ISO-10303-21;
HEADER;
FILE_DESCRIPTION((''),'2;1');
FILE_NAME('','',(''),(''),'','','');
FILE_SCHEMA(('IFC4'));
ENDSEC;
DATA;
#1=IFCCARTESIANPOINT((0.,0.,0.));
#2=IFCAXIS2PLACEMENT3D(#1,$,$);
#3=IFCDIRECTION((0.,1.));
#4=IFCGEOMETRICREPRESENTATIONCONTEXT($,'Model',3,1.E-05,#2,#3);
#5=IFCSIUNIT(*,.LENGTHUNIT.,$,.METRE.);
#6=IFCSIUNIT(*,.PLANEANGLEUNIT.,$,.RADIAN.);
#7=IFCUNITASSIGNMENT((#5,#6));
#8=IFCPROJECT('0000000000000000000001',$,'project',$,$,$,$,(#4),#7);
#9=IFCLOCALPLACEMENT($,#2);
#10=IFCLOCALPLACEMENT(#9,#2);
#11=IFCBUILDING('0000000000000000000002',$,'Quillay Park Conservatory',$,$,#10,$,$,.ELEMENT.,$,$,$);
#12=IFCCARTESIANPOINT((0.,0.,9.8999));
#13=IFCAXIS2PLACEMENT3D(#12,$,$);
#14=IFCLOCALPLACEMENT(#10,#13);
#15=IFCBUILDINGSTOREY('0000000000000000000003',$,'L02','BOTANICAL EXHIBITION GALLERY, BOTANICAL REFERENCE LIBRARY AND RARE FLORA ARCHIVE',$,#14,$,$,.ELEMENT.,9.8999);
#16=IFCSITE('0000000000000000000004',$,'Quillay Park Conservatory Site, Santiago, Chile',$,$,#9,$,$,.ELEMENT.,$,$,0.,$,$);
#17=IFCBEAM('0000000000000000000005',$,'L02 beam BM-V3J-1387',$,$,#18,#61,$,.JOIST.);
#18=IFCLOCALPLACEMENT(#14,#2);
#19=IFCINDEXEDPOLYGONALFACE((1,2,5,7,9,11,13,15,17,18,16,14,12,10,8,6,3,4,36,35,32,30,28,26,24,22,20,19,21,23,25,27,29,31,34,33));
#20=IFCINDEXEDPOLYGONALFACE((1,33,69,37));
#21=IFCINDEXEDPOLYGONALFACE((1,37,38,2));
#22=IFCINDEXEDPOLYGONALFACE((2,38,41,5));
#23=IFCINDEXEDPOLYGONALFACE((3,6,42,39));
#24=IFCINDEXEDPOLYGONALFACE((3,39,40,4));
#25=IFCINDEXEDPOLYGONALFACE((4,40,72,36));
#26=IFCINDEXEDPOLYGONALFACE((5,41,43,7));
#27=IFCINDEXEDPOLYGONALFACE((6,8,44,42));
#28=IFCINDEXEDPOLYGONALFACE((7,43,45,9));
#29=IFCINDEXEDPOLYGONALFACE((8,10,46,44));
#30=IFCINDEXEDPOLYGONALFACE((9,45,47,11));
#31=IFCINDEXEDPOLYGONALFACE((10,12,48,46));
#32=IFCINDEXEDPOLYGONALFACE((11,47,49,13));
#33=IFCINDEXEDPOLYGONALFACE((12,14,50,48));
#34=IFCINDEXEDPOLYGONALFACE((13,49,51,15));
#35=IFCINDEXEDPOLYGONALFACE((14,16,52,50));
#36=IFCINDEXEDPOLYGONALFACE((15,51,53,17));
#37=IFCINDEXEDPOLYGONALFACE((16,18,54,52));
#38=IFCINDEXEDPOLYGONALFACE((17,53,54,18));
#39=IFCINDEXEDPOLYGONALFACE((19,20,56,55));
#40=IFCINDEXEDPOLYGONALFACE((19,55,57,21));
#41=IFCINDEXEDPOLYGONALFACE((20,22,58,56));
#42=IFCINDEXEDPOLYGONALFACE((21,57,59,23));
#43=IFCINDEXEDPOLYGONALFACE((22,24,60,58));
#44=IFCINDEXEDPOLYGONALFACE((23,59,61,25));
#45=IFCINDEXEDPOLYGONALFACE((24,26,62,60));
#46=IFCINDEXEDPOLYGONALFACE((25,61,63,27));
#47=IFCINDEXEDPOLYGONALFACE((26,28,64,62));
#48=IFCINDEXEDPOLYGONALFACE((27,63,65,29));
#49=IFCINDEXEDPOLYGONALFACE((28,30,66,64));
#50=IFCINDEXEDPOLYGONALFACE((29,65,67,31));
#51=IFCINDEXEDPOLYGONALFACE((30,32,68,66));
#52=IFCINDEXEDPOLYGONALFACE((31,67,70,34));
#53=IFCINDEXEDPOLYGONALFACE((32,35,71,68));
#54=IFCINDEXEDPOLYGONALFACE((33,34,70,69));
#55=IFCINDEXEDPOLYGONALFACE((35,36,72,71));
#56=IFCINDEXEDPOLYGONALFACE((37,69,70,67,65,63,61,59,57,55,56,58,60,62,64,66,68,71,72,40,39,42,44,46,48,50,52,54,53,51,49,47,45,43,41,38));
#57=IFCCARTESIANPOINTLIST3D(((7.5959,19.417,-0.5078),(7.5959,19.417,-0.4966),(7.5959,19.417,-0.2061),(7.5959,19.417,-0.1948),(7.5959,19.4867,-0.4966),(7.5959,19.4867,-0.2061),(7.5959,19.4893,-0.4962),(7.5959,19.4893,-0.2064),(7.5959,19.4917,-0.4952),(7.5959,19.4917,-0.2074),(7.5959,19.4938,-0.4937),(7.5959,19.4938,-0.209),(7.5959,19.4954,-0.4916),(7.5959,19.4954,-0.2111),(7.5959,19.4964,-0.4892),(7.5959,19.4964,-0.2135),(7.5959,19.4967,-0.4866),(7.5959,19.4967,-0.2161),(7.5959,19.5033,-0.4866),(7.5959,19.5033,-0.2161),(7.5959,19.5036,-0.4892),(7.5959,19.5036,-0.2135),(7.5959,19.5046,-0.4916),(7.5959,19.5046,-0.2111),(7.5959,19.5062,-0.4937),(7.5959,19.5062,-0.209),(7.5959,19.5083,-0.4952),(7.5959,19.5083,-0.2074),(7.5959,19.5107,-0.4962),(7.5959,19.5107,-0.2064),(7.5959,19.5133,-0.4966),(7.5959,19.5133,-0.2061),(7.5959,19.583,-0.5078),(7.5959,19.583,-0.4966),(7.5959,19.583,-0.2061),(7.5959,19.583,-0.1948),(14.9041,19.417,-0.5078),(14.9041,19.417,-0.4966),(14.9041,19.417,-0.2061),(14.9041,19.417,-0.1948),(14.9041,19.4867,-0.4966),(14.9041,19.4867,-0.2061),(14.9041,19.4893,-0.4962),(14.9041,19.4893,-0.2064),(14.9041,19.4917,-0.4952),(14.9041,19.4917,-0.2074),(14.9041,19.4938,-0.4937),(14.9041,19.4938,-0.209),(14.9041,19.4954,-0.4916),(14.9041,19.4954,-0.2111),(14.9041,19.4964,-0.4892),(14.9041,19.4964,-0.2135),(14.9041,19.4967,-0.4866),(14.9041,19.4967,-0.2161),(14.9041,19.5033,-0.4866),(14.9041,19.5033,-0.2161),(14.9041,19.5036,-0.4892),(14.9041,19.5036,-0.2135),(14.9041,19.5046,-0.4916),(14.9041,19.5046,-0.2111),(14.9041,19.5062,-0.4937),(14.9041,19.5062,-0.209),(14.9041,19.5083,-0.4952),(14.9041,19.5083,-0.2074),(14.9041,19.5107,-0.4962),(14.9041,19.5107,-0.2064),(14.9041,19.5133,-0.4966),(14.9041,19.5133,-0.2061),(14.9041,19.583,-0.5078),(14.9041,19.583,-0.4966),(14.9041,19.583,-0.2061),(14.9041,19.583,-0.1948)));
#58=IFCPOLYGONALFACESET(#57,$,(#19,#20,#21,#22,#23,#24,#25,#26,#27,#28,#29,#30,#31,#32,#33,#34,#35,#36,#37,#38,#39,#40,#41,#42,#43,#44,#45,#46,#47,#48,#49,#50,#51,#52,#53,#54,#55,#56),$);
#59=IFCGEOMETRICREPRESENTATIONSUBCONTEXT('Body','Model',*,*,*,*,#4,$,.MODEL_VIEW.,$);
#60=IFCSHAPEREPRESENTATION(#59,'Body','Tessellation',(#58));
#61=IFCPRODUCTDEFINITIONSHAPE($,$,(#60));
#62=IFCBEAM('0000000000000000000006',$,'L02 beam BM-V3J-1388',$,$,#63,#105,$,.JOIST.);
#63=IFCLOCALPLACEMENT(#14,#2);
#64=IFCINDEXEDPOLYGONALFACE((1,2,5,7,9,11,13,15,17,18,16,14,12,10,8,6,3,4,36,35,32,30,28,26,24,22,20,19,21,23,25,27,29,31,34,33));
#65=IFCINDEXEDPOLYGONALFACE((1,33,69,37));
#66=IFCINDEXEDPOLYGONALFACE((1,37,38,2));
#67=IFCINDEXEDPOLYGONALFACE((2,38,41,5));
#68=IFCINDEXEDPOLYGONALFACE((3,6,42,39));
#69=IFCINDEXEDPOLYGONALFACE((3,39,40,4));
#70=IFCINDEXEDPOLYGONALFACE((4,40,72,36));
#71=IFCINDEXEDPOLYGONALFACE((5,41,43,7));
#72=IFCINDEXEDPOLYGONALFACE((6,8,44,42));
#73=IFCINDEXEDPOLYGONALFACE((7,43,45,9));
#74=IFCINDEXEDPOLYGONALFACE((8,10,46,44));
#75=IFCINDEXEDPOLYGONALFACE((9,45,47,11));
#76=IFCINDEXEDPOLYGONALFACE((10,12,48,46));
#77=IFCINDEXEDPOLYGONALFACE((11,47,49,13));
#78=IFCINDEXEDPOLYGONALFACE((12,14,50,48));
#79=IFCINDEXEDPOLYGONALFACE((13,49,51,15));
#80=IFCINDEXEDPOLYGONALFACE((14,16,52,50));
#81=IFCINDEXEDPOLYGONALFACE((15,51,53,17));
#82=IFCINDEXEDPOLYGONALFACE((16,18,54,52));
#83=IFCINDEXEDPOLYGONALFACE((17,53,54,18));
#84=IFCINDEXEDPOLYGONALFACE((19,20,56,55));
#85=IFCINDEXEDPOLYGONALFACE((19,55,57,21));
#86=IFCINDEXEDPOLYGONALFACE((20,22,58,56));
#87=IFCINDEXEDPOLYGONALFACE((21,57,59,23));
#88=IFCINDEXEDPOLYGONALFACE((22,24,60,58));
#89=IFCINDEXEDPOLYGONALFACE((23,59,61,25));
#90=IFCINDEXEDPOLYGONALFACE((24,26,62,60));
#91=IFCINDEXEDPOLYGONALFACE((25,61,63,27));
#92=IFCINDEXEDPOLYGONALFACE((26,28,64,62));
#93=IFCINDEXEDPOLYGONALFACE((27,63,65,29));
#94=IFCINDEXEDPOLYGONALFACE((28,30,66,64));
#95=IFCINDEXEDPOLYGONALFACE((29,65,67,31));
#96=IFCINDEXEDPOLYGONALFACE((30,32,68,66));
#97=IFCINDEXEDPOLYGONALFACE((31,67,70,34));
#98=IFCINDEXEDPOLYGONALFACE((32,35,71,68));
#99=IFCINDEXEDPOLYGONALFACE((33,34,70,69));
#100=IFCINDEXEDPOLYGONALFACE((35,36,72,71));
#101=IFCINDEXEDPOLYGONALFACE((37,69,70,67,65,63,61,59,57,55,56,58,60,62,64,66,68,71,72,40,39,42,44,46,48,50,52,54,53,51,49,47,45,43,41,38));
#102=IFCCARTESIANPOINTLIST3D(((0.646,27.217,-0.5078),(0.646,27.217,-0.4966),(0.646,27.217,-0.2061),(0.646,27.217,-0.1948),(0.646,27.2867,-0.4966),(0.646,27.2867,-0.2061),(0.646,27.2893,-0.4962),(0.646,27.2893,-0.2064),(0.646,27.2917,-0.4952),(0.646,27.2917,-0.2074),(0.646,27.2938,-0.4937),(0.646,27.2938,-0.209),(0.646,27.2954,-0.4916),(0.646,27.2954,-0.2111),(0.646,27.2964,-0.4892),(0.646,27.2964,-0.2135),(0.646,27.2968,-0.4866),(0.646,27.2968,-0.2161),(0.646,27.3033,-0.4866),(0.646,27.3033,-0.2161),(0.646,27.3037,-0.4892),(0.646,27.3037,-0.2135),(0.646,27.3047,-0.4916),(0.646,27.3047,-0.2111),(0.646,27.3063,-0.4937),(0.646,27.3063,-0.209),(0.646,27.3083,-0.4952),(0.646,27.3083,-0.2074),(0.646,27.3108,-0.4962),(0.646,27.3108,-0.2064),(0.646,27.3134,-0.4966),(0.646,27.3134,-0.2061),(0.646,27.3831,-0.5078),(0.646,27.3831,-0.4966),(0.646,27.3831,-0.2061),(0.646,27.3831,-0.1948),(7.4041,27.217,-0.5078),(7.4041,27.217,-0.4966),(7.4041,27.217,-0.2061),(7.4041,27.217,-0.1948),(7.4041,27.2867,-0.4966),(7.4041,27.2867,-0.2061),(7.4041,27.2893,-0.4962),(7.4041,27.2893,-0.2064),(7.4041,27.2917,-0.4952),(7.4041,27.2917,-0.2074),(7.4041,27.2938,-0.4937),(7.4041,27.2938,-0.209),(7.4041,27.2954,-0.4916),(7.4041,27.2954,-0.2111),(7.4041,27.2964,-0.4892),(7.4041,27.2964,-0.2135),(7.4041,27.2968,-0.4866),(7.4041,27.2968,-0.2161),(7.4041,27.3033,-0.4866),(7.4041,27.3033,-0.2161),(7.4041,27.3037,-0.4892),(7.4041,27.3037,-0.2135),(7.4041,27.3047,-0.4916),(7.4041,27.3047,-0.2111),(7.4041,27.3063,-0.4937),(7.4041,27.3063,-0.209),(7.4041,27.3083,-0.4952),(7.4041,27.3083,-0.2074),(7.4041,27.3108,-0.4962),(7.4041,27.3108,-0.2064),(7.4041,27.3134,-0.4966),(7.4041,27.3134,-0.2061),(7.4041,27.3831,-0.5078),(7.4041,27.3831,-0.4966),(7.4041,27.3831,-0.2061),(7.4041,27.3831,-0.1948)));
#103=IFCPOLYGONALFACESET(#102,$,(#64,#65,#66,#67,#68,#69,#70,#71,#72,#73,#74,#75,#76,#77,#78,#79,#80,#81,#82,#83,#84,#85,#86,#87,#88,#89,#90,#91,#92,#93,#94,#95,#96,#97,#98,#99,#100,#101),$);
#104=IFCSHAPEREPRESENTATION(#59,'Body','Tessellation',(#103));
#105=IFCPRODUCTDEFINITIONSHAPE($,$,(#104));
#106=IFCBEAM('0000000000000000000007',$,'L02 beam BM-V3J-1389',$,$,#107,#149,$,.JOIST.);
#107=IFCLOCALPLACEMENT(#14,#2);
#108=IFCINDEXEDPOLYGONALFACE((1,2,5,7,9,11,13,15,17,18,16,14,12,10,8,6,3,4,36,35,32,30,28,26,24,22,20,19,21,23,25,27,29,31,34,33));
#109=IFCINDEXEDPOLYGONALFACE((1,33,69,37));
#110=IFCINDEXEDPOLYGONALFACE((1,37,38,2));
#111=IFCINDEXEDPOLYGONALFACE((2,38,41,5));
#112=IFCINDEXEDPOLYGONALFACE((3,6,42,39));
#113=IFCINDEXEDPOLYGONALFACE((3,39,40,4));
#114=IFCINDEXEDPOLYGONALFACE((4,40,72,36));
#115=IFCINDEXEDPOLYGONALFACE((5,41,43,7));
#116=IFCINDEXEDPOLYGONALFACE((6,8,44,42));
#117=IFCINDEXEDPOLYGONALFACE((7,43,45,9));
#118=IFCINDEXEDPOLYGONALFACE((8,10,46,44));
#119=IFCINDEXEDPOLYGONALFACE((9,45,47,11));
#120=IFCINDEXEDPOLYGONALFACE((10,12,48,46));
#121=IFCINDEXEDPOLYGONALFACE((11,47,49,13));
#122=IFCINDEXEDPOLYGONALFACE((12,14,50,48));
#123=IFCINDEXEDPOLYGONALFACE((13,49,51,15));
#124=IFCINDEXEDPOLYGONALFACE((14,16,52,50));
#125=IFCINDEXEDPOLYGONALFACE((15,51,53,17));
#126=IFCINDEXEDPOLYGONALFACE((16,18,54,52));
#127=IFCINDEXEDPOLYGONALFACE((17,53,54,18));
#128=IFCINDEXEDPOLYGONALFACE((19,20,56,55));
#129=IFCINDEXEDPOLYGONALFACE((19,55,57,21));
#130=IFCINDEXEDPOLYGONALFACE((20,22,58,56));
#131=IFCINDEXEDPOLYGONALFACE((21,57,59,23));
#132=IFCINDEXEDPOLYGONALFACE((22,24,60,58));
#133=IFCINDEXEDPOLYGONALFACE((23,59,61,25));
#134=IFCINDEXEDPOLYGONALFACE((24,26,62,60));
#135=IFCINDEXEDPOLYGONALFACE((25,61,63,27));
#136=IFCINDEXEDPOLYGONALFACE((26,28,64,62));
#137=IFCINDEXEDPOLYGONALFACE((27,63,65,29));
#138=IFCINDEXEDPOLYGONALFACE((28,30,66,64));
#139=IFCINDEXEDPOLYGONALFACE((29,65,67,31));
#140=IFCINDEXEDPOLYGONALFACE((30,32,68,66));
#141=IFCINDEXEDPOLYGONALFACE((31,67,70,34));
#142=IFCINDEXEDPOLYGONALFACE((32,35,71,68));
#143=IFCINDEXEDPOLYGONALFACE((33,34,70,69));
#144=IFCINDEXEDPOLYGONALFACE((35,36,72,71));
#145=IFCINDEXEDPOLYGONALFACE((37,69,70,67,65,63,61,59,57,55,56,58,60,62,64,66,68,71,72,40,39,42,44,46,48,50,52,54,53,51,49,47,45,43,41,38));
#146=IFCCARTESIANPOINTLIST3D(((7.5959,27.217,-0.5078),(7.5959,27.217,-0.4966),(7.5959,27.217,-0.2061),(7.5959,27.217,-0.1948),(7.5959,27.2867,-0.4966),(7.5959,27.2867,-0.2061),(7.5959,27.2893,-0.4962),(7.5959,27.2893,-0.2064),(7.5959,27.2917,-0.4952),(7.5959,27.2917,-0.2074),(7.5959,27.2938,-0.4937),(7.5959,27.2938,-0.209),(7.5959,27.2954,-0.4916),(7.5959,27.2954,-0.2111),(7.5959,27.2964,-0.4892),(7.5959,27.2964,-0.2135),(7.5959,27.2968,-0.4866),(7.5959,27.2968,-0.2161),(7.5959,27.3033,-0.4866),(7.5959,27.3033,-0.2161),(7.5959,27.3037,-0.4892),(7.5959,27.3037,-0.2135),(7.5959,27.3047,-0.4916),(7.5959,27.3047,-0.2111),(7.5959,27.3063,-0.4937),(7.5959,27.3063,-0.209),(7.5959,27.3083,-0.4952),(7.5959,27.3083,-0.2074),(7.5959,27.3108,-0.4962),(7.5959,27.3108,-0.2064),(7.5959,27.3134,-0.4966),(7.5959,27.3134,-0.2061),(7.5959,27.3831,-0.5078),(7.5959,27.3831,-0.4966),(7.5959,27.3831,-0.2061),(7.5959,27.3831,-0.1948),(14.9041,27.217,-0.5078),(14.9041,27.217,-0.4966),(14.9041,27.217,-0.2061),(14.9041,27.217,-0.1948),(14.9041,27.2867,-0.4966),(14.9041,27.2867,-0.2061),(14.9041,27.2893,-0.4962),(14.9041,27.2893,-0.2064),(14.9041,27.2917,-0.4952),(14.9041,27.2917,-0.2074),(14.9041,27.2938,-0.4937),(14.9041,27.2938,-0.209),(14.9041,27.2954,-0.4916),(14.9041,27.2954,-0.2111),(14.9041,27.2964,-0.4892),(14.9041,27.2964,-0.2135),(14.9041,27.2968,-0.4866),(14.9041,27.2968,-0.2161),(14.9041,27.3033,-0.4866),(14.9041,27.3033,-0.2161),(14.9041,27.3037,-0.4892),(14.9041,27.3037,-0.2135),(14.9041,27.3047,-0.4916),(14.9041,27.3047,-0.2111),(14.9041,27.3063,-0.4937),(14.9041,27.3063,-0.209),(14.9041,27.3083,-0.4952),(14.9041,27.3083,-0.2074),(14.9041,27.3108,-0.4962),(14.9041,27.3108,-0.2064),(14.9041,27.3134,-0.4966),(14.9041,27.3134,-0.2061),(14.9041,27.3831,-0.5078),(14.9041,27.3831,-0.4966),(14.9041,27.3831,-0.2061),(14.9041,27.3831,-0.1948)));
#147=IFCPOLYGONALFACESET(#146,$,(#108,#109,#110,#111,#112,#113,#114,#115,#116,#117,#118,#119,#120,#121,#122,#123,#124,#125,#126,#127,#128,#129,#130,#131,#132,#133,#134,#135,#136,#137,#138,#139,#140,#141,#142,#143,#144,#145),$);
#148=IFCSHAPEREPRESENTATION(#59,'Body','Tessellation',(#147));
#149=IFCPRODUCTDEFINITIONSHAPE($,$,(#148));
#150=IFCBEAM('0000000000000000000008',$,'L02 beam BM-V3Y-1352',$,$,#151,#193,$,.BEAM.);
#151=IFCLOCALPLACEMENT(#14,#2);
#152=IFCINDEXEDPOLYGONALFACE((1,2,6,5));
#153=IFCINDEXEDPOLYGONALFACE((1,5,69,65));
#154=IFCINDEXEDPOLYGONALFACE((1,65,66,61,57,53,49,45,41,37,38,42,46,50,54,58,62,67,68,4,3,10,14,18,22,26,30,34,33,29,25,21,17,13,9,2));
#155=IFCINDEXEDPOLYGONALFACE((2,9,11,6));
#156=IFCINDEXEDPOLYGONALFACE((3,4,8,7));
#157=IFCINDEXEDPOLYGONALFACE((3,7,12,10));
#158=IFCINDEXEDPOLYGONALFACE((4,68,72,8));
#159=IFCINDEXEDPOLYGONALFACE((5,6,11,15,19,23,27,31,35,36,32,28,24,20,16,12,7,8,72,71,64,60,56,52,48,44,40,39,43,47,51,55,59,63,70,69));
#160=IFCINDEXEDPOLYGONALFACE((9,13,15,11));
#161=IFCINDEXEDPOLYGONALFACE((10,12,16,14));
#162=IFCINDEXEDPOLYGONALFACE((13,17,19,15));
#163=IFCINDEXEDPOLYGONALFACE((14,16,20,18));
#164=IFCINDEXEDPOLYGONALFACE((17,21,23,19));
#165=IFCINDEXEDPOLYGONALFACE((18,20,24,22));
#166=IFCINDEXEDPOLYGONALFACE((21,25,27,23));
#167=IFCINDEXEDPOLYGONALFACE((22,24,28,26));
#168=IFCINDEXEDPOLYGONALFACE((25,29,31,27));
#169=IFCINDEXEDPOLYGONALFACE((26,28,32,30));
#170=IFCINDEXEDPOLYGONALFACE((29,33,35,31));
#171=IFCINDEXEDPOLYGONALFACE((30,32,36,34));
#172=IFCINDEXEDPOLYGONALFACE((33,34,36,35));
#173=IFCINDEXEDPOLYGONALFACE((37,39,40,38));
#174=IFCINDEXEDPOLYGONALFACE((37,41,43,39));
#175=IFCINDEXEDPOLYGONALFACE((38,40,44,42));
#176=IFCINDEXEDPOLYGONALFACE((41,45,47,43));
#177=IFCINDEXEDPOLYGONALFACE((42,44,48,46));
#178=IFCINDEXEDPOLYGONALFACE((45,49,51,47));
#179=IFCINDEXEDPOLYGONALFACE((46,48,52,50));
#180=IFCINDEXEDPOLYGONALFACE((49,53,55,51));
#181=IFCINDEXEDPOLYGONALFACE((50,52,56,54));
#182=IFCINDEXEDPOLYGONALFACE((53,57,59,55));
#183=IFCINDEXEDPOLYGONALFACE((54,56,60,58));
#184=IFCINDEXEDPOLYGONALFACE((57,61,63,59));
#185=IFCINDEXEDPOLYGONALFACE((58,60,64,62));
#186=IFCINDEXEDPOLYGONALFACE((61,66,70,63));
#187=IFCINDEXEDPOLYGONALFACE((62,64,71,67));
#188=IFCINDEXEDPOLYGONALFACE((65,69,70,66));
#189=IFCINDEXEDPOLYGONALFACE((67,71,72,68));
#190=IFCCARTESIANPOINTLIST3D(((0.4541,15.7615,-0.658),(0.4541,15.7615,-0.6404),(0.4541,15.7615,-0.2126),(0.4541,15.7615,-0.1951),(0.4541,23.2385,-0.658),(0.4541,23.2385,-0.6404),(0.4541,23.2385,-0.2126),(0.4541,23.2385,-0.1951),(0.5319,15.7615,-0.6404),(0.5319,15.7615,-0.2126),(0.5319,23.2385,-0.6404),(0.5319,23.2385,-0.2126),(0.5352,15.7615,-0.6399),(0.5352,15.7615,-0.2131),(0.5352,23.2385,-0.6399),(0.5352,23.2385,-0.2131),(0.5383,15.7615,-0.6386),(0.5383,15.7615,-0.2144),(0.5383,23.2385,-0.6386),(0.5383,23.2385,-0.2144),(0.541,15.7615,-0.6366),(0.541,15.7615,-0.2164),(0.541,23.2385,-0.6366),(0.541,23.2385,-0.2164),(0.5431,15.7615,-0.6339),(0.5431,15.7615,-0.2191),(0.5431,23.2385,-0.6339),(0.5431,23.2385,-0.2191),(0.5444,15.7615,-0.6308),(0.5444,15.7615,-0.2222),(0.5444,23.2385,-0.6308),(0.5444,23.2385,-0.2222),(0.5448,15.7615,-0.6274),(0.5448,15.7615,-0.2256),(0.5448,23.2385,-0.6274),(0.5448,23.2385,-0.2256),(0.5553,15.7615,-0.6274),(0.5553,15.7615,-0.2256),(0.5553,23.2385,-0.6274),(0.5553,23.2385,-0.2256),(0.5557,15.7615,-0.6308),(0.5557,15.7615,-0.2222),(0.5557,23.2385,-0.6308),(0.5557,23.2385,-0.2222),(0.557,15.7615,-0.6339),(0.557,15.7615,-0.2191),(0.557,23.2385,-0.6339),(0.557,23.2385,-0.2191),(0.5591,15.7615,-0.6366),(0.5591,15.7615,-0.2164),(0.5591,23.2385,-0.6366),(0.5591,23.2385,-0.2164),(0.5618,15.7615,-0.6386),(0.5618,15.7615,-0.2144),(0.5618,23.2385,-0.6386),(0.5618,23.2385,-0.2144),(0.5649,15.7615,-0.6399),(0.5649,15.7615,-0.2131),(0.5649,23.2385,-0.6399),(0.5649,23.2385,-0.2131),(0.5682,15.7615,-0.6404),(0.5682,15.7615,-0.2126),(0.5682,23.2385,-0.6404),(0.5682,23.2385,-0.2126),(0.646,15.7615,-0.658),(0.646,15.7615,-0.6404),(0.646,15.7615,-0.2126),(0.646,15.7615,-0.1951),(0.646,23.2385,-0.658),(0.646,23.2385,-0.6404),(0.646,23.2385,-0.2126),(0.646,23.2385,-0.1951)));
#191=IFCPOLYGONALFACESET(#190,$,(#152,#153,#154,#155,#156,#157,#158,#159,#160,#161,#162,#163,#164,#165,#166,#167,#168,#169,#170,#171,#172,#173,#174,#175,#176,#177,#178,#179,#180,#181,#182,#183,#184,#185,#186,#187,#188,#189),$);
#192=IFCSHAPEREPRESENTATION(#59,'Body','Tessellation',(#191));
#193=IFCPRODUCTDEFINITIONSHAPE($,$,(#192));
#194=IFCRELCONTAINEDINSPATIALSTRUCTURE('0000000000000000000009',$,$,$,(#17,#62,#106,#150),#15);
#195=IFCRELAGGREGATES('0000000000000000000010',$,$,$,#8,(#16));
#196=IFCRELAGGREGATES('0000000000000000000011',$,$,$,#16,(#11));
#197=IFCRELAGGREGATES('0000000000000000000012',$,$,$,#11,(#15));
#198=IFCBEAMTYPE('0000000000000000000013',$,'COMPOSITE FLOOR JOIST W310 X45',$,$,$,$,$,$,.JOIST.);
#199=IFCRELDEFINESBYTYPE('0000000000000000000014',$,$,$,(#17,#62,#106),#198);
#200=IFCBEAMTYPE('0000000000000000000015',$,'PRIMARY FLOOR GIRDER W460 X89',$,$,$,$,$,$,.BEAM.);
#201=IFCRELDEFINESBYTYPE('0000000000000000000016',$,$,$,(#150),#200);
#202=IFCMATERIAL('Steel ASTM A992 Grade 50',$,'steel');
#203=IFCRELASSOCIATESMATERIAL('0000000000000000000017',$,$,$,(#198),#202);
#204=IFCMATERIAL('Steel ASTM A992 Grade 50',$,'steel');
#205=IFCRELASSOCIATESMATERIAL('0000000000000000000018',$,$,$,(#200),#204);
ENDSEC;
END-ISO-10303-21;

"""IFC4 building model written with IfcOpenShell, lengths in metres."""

from ifc_helpers import new_model, si_unit, direction, frame, origin, origin_2d, place, context, subcontext, project, spatial, i_section, extrude, material, material_profile, profile_set, type_object, element, save


model = new_model("IFC4")

# Units and contexts
model_context = context("Model", 3, precision=1e-05, world=origin(), true_north=direction((0.0, 1.0)))
body_context = subcontext(model_context, "Body", "Model", "MODEL_VIEW")
ifc_project = project(units=[si_unit("LENGTHUNIT", "METRE"), si_unit("PLANEANGLEUNIT", "RADIAN")], contexts=[model_context])

# Site, building, storey
site_placement = place(None, origin())
site = spatial("IfcSite", under=ifc_project, at=site_placement, Name="Quillay Park Conservatory Site, Santiago, Chile", CompositionType="ELEMENT", RefElevation=0.0)
building_placement = place(site_placement, origin())
building = spatial("IfcBuilding", under=site, at=building_placement, Name="Quillay Park Conservatory", CompositionType="ELEMENT")
storey_placement = place(building_placement, frame((0.0, 0.0, 9.8999)))
storey = spatial("IfcBuildingStorey", under=building, at=storey_placement, Name="L02", Description="BOTANICAL EXHIBITION GALLERY, BOTANICAL REFERENCE LIBRARY AND RARE FLORA ARCHIVE", CompositionType="ELEMENT", Elevation=9.8999)

# Beams
ifc_material_1 = material(Name="Steel ASTM A992 Grade 50", Category="steel")
ifc_material_profile_1 = material_profile(ifc_material_1, i_section(OverallWidth=0.166, OverallDepth=0.313, WebThickness=0.0066, FlangeThickness=0.0112, FilletRadius=0.01, at=origin_2d()), Name="W310x45")
ifc_profile_set_1 = profile_set([ifc_material_profile_1], Name="Steel ASTM A992 Grade 50")
beam_type_1 = type_object("IfcBeamType", Name="COMPOSITE FLOOR JOIST W310 X45", PredefinedType="JOIST", material=ifc_profile_set_1)
beam_1_placement = place(storey_placement, frame((7.5959, 19.5, -0.3513), z_axis=(1.0, 0.0, 0.0), x_axis=(0.0, 1.0, 0.0)))
element("IfcBeam", 1, at=beam_1_placement, inside=storey, type_object=beam_type_1, Name="L02 beam BM-V3J-1387", PredefinedType="JOIST", context=body_context, shape_type="SweptSolid", body=[
    extrude(i_section(OverallWidth=0.166, OverallDepth=0.313, WebThickness=0.0066, FlangeThickness=0.0112, FilletRadius=0.01, at=origin_2d()), origin(), (0.0, 0.0, 1.0), 7.3081),
])
beam_2_placement = place(storey_placement, frame((0.646, 27.3, -0.3513), z_axis=(1.0, 0.0, 0.0), x_axis=(0.0, 1.0, 0.0)))
element("IfcBeam", 2, at=beam_2_placement, inside=storey, type_object=beam_type_1, Name="L02 beam BM-V3J-1388", PredefinedType="JOIST", context=body_context, shape_type="SweptSolid", body=[
    extrude(i_section(OverallWidth=0.166, OverallDepth=0.313, WebThickness=0.0066, FlangeThickness=0.0112, FilletRadius=0.01, at=origin_2d()), origin(), (0.0, 0.0, 1.0), 6.7581),
])
beam_3_placement = place(storey_placement, frame((7.5959, 27.3, -0.3513), z_axis=(1.0, 0.0, 0.0), x_axis=(0.0, 1.0, 0.0)))
element("IfcBeam", 3, at=beam_3_placement, inside=storey, type_object=beam_type_1, Name="L02 beam BM-V3J-1389", PredefinedType="JOIST", context=body_context, shape_type="SweptSolid", body=[
    extrude(i_section(OverallWidth=0.166, OverallDepth=0.313, WebThickness=0.0066, FlangeThickness=0.0112, FilletRadius=0.01, at=origin_2d()), origin(), (0.0, 0.0, 1.0), 7.3081),
])
ifc_material_2 = material(Name="Steel ASTM A992 Grade 50", Category="steel")
ifc_material_profile_2 = material_profile(ifc_material_2, i_section(OverallWidth=0.1919, OverallDepth=0.4629, WebThickness=0.0105, FlangeThickness=0.0176, FilletRadius=0.0129, at=origin_2d()), Name="W460x89")
ifc_profile_set_2 = profile_set([ifc_material_profile_2], Name="Steel ASTM A992 Grade 50")
beam_type_2 = type_object("IfcBeamType", Name="PRIMARY FLOOR GIRDER W460 X89", PredefinedType="BEAM", material=ifc_profile_set_2)
for number, where, z_axis, x_axis, name in (
    (4, (0.55, 15.7615, -0.4265), (0.0, 1.0, 0.0), (-1.0, 0.0, 0.0), "L02 beam BM-V3Y-1352"),
):
    element("IfcBeam", number, at=place(storey_placement, frame(where, z_axis=z_axis, x_axis=x_axis)), inside=storey, type_object=beam_type_2, Name=name, PredefinedType="BEAM", context=body_context, shape_type="SweptSolid", body=[
        extrude(i_section(OverallWidth=0.1919, OverallDepth=0.4629, WebThickness=0.0105, FlangeThickness=0.0176, FilletRadius=0.0129, at=origin_2d()), origin(), (0.0, 0.0, 1.0), 7.4771),
    ])

save(model, "model.ifc")
